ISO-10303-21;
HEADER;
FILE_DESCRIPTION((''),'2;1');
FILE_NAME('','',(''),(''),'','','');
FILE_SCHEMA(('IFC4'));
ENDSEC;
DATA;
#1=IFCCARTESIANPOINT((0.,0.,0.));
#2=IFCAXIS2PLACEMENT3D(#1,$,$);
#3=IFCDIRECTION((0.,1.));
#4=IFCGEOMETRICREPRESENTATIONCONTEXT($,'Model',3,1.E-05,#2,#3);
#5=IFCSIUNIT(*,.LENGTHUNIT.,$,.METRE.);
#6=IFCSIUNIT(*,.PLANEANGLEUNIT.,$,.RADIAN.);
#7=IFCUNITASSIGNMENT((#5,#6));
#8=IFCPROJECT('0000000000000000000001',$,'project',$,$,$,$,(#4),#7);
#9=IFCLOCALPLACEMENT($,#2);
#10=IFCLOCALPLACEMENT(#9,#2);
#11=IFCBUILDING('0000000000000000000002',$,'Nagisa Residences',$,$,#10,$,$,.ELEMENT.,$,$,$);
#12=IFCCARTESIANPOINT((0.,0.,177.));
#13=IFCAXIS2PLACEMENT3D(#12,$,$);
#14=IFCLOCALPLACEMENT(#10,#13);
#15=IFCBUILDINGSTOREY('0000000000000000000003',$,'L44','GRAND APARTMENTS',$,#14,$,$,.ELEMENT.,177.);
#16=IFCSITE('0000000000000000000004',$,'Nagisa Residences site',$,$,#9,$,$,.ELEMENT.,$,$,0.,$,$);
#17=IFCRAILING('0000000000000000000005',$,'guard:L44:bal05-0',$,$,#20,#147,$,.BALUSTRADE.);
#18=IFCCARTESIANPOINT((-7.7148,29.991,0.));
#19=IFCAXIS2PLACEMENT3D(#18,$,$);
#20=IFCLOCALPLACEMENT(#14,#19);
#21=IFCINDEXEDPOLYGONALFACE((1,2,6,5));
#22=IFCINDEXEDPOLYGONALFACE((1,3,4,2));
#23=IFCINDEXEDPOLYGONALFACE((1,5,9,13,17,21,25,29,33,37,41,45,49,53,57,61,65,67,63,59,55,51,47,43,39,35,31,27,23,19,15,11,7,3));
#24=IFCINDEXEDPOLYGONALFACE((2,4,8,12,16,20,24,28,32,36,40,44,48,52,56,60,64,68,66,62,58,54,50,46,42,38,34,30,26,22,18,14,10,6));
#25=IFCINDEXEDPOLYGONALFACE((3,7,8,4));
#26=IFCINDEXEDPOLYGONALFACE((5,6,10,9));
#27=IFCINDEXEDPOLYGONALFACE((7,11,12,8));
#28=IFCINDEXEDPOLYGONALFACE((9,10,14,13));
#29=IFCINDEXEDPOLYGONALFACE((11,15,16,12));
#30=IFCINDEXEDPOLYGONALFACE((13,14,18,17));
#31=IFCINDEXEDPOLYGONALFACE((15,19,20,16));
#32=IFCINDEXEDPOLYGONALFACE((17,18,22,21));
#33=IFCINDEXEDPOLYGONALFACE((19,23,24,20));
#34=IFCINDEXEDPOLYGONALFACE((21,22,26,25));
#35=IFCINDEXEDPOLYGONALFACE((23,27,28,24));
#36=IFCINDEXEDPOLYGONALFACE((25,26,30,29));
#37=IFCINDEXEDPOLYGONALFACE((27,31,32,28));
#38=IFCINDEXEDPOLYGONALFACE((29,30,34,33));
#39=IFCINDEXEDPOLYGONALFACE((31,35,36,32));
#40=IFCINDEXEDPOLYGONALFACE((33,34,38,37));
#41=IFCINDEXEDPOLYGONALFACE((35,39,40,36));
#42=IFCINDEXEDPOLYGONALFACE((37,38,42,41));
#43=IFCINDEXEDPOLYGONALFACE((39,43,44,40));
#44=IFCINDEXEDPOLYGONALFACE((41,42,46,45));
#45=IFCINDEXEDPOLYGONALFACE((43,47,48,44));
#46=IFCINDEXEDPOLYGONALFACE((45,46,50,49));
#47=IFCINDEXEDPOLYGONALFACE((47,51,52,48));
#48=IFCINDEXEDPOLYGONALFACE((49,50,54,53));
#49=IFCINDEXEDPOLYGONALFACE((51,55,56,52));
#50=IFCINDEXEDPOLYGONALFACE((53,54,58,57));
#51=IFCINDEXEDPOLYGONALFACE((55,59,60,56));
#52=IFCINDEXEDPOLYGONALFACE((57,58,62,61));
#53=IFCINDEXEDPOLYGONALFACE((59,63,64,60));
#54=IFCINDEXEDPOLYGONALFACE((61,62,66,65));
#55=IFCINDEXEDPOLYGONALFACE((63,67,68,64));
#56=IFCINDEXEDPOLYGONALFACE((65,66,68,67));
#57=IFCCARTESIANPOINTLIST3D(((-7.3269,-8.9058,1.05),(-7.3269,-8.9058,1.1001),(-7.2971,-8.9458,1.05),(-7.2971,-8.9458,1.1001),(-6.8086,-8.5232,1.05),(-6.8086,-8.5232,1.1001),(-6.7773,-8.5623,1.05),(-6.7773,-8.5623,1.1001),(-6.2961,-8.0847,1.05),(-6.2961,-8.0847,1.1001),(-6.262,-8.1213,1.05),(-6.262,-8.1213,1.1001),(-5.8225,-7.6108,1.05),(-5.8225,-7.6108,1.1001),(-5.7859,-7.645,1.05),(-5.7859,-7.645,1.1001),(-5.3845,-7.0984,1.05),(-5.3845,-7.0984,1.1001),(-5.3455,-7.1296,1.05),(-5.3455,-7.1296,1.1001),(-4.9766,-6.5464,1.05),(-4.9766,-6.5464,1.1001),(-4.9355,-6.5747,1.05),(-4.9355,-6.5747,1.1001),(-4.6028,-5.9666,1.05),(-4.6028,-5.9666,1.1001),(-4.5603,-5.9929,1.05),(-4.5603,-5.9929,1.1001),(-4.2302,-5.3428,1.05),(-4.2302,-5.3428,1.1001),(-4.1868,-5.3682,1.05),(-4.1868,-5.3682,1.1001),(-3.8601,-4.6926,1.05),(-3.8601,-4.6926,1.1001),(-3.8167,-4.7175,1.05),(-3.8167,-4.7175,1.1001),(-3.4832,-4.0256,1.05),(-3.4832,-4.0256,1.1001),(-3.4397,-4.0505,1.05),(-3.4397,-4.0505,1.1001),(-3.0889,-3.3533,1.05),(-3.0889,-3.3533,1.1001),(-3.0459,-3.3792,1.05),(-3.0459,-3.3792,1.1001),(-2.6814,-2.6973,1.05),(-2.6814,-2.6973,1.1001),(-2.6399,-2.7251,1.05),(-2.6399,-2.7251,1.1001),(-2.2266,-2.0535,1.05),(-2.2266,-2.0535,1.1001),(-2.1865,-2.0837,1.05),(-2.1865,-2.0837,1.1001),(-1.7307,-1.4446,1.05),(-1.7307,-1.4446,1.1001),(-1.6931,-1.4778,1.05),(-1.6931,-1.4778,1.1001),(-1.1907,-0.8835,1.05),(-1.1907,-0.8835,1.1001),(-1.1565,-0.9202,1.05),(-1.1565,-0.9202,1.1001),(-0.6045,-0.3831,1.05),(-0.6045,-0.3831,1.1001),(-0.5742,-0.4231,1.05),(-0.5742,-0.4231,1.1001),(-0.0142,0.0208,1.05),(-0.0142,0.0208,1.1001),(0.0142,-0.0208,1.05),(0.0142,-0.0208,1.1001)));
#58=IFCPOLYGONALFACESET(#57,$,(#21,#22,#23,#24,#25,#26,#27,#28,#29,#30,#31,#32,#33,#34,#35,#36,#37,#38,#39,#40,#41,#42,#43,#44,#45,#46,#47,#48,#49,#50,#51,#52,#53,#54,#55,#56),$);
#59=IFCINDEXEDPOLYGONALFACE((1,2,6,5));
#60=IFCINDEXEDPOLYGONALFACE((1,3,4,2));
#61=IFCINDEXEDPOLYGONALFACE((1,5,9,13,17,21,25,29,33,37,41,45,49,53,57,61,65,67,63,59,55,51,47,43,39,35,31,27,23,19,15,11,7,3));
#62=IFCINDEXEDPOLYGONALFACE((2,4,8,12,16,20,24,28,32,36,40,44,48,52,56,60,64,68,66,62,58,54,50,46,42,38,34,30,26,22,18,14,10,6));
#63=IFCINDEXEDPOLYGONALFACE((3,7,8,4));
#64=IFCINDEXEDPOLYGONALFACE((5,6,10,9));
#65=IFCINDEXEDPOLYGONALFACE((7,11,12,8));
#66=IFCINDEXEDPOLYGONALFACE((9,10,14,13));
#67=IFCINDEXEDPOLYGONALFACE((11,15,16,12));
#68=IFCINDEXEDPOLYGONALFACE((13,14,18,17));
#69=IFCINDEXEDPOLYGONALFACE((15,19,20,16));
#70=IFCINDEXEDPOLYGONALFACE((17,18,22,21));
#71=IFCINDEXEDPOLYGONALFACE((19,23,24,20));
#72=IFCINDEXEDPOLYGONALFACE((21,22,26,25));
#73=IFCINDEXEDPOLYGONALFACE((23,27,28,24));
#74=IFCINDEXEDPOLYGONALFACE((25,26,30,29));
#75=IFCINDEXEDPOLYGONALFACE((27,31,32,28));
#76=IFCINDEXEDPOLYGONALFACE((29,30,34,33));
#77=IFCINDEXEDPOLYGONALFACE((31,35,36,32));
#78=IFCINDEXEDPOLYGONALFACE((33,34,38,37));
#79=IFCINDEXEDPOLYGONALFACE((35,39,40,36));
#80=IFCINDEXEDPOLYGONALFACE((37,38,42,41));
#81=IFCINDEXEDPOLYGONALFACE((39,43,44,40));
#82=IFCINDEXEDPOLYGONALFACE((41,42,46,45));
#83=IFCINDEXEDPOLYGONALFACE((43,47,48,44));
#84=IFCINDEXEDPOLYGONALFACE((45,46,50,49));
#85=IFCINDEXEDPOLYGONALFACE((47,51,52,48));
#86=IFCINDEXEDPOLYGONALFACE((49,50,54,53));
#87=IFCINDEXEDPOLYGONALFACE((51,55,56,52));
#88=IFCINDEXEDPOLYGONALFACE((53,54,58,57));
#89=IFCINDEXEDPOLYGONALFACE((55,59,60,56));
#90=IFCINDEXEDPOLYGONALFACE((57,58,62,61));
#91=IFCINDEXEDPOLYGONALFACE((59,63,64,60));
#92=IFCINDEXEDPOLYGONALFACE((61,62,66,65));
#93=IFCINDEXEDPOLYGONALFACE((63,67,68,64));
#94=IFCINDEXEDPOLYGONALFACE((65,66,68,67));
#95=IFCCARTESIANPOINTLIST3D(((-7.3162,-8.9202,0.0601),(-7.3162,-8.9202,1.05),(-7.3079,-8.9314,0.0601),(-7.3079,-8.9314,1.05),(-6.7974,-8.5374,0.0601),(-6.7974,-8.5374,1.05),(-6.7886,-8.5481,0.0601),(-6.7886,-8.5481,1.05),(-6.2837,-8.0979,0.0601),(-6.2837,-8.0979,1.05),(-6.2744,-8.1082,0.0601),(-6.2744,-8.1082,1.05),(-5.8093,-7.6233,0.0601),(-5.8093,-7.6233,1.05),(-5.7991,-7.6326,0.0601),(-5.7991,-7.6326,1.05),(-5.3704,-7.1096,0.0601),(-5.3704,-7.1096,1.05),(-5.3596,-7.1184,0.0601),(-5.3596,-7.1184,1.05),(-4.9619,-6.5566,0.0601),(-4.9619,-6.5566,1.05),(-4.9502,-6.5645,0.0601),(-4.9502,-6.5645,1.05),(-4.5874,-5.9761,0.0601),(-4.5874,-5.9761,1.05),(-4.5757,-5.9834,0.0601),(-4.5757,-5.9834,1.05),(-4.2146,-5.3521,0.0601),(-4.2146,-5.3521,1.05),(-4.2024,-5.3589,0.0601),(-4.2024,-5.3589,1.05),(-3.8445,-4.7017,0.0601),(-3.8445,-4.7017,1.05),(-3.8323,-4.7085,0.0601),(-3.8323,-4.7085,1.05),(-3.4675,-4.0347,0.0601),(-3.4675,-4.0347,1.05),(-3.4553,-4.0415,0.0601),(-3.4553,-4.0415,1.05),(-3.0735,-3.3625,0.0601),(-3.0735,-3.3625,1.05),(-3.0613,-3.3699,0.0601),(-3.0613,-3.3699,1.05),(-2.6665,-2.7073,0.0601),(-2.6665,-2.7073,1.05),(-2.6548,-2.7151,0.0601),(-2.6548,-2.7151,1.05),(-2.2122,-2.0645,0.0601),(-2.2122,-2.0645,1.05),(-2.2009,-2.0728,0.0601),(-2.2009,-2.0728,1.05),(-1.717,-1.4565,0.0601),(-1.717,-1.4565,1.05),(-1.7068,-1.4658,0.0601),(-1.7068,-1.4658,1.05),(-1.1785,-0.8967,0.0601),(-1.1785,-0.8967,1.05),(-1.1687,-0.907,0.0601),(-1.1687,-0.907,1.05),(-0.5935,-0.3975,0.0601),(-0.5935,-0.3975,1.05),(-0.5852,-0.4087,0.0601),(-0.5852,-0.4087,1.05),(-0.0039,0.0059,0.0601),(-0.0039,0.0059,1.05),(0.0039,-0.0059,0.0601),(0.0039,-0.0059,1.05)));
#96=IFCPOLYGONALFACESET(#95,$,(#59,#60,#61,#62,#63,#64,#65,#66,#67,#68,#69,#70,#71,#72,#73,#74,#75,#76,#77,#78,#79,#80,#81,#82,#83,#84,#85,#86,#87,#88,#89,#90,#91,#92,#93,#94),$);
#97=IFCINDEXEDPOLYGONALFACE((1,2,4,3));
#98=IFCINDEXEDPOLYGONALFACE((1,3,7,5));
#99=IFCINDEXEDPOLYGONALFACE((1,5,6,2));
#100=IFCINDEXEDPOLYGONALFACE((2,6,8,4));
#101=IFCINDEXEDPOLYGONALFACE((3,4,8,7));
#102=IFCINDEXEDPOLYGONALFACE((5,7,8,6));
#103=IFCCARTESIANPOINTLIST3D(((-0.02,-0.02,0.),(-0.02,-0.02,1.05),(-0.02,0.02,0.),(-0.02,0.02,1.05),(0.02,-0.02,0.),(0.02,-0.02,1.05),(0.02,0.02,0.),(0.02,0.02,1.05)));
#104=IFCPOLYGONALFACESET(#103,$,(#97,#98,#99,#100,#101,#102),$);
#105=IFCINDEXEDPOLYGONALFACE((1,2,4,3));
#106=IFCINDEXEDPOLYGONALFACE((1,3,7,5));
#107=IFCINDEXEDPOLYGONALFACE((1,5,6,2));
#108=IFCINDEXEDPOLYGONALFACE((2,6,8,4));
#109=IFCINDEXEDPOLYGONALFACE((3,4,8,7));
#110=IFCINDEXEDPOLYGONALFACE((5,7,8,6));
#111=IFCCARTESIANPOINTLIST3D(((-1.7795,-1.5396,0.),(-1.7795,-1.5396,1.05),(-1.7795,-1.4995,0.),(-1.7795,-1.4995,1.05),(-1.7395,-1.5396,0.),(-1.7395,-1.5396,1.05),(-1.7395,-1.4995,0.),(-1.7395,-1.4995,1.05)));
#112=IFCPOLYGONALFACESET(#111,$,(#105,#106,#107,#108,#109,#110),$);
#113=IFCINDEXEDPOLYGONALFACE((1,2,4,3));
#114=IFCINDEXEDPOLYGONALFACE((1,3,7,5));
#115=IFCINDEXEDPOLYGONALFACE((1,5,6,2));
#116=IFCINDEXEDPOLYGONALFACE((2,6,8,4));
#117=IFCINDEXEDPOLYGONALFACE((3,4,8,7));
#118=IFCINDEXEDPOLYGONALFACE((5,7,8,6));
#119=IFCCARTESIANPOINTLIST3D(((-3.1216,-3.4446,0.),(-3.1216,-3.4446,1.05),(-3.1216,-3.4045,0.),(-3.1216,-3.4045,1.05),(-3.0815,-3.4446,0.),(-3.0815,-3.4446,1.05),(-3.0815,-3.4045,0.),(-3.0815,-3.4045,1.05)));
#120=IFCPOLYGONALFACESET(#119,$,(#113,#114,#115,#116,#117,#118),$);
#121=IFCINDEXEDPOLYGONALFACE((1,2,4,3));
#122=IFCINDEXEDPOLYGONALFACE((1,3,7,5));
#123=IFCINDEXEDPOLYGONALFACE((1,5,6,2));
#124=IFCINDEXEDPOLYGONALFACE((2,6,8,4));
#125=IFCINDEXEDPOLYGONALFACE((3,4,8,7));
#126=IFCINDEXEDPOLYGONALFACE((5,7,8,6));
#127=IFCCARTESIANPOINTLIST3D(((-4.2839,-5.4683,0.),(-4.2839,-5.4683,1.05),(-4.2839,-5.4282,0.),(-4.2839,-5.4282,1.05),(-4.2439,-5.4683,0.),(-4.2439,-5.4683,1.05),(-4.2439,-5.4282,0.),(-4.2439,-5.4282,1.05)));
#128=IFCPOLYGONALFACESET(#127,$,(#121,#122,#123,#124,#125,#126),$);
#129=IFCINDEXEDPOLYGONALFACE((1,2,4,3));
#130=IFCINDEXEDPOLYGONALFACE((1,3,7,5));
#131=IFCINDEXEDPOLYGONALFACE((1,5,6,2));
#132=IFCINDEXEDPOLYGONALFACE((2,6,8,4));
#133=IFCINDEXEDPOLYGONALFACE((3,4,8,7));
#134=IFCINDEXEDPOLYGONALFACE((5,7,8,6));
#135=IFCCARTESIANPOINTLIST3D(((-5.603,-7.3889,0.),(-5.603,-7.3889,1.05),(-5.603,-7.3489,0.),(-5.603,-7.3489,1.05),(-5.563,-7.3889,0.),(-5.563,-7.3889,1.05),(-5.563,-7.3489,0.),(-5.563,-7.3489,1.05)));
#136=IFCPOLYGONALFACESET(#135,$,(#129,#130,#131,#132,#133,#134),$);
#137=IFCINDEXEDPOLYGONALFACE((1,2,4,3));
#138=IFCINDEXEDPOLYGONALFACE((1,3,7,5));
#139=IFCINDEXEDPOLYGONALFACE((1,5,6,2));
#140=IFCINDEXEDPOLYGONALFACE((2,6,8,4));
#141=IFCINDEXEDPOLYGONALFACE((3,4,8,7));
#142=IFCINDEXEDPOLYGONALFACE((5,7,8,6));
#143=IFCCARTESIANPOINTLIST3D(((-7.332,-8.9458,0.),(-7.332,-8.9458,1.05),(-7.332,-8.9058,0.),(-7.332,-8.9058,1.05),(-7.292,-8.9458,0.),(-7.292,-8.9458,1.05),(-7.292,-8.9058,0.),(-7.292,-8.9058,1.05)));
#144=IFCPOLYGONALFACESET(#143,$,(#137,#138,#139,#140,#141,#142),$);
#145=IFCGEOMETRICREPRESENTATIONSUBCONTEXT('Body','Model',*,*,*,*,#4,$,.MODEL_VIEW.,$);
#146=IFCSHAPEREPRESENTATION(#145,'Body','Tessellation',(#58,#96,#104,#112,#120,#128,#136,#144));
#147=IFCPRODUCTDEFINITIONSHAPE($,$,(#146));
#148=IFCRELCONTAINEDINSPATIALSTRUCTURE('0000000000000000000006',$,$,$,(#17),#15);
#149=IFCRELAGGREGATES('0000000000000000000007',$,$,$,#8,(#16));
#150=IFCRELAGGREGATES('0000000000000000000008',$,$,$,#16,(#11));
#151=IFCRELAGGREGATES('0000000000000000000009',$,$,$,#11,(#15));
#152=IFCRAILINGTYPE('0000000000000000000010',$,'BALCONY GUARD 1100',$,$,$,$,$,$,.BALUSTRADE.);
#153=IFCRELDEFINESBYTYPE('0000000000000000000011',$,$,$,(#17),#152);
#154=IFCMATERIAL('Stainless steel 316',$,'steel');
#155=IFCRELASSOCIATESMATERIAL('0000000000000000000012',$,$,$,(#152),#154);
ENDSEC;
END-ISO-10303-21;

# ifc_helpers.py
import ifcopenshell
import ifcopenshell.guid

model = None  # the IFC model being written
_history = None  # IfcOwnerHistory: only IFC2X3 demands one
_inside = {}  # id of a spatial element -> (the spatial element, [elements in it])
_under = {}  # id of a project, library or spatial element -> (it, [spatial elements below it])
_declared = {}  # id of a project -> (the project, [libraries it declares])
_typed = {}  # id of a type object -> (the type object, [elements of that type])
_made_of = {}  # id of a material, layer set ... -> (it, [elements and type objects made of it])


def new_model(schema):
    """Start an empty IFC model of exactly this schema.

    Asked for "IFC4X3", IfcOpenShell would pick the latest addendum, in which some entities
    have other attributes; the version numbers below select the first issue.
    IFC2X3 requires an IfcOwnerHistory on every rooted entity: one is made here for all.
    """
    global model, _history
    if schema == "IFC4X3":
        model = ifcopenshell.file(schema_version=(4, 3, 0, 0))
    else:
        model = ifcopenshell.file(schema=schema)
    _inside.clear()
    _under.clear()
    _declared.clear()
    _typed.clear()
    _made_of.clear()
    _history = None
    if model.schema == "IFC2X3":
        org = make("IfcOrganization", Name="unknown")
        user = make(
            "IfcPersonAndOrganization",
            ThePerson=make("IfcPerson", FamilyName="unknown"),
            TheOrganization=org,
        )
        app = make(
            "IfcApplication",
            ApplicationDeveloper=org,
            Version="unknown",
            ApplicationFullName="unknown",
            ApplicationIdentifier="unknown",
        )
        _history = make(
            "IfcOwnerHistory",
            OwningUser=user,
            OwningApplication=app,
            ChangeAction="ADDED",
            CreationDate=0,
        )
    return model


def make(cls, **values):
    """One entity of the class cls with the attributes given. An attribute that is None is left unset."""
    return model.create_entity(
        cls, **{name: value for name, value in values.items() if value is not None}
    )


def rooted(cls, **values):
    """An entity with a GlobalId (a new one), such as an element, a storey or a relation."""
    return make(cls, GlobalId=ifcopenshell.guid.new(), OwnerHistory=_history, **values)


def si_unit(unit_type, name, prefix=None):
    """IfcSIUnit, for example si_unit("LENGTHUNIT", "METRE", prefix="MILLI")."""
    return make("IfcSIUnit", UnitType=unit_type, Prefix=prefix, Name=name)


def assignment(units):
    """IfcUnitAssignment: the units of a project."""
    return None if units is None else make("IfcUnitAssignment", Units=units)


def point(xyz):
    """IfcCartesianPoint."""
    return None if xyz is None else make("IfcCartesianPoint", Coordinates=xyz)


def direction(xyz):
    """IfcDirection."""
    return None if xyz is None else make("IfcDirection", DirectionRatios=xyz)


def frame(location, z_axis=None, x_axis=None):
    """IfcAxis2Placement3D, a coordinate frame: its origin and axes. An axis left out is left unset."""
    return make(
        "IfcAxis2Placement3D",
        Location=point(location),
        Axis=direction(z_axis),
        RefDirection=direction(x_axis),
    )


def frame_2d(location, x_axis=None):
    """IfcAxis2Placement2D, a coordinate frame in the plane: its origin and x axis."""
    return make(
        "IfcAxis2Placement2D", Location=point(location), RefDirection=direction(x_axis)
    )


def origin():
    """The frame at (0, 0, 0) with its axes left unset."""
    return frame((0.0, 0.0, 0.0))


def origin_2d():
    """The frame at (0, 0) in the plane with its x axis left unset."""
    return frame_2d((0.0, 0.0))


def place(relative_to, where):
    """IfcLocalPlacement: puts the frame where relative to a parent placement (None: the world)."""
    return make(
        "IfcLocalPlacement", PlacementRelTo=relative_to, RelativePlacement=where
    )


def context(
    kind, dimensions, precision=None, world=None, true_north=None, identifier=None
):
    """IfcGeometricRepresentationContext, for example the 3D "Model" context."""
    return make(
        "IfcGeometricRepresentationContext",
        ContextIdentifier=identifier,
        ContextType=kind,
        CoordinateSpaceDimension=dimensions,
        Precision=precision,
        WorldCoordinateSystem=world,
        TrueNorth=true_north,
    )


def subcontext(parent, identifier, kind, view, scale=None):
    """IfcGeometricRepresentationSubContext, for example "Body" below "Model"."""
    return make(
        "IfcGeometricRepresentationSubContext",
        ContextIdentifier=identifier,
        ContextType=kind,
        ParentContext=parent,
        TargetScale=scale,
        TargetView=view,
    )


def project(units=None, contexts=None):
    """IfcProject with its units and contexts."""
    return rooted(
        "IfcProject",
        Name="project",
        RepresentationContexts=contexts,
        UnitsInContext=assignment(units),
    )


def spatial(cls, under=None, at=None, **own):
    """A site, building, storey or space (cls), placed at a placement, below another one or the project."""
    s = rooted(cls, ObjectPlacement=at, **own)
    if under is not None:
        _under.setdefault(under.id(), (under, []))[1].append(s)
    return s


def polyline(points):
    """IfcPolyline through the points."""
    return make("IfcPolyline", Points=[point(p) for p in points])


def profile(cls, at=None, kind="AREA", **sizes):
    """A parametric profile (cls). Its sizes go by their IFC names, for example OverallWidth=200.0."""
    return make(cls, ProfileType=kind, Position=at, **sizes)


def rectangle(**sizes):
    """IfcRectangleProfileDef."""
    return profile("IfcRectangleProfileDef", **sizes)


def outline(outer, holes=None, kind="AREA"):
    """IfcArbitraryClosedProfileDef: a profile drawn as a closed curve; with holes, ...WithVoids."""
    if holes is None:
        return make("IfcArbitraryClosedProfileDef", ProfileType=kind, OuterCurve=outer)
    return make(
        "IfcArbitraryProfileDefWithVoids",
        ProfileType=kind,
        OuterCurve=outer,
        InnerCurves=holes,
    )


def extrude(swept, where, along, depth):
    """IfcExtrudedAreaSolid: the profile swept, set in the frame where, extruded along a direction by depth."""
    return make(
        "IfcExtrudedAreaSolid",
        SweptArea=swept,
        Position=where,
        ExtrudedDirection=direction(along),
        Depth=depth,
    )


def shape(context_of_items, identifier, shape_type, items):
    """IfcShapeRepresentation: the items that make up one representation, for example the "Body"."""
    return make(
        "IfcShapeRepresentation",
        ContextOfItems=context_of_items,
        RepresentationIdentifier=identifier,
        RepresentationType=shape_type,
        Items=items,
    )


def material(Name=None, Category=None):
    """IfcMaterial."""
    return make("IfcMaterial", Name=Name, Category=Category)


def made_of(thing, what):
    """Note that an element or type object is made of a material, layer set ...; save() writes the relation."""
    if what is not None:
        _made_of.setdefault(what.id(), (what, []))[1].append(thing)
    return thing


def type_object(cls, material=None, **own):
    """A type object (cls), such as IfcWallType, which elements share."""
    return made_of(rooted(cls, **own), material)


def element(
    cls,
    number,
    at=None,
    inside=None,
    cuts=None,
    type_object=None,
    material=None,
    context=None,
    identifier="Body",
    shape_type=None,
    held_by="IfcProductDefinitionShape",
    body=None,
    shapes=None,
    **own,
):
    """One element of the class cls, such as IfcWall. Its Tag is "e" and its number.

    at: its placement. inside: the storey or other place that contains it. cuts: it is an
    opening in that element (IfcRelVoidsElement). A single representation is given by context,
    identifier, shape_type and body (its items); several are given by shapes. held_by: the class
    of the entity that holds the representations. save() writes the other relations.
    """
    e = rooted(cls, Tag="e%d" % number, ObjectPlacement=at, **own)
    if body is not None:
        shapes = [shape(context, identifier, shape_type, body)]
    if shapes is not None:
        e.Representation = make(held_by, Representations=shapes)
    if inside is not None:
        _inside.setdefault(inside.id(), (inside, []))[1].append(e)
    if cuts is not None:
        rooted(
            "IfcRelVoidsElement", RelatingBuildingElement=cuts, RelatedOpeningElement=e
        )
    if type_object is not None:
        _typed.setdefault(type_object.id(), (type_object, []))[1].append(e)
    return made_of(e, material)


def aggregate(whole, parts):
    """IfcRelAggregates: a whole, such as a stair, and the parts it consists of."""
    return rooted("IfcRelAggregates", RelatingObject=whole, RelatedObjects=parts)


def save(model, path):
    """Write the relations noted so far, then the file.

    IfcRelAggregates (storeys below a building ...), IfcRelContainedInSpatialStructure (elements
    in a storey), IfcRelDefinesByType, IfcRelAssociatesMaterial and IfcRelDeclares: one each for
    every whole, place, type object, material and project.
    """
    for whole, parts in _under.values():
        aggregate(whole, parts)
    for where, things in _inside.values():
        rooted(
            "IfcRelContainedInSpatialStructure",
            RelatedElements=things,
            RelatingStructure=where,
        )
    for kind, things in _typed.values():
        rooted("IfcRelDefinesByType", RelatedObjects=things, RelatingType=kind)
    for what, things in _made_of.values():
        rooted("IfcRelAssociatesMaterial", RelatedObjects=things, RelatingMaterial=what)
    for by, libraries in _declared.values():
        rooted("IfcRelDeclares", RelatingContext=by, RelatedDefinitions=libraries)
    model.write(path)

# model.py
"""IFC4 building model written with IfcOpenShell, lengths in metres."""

from ifc_helpers import new_model, si_unit, direction, frame, origin, origin_2d, place, context, subcontext, project, spatial, polyline, rectangle, outline, extrude, material, type_object, element, save


model = new_model("IFC4")

# Units and contexts
model_context = context("Model", 3, precision=1e-05, world=origin(), true_north=direction((0.0, 1.0)))
body_context = subcontext(model_context, "Body", "Model", "MODEL_VIEW")
ifc_project = project(units=[si_unit("LENGTHUNIT", "METRE"), si_unit("PLANEANGLEUNIT", "RADIAN")], contexts=[model_context])

# Site, building, storey
site_placement = place(None, origin())
site = spatial("IfcSite", under=ifc_project, at=site_placement, Name="Nagisa Residences site", CompositionType="ELEMENT", RefElevation=0.0)
building_placement = place(site_placement, origin())
building = spatial("IfcBuilding", under=site, at=building_placement, Name="Nagisa Residences", CompositionType="ELEMENT")
storey_placement = place(building_placement, frame((0.0, 0.0, 177.0)))
storey = spatial("IfcBuildingStorey", under=building, at=storey_placement, Name="L44", Description="GRAND APARTMENTS", CompositionType="ELEMENT", Elevation=177.0)

# Railing
ifc_material_1 = material(Name="Stainless steel 316", Category="steel")
railing_type = type_object("IfcRailingType", Name="BALCONY GUARD 1100", PredefinedType="BALUSTRADE", material=ifc_material_1)
railing_placement = place(storey_placement, frame((-7.7148, 29.991, 0.0)))
element("IfcRailing", 1, at=railing_placement, inside=storey, type_object=railing_type, Name="guard:L44:bal05-0", PredefinedType="BALUSTRADE", context=body_context, shape_type="SweptSolid", body=[
    extrude(outline(polyline([(-0.5742, -0.4231), (0.0142, -0.0208), (-0.0142, 0.0208), (-0.6045, -0.3831), (-1.1907, -0.8835), (-1.7307, -1.4446), (-2.2266, -2.0535), (-2.6814, -2.6973), (-3.0889, -3.3533), (-3.4832, -4.0256), (-3.8601, -4.6926), (-4.2302, -5.3428), (-4.6028, -5.9666), (-4.9766, -6.5464), (-5.3845, -7.0984), (-5.8225, -7.6108), (-6.2961, -8.0847), (-6.8086, -8.5232), (-7.3269, -8.9058), (-7.2971, -8.9458), (-6.7773, -8.5623), (-6.262, -8.1213), (-5.7859, -7.645), (-5.3455, -7.1296), (-4.9355, -6.5747), (-4.5603, -5.9929), (-4.1868, -5.3682), (-3.8167, -4.7175), (-3.4397, -4.0505), (-3.0459, -3.3792), (-2.6399, -2.7251), (-2.1865, -2.0837), (-1.6931, -1.4778), (-1.1565, -0.9202), (-0.5742, -0.4231)])), frame((0.0, 0.0, 1.05)), (0.0, 0.0, 1.0), 0.05),
    extrude(outline(polyline([(-0.5852, -0.4087), (0.0039, -0.0059), (-0.0039, 0.0059), (-0.5935, -0.3975), (-1.1785, -0.8967), (-1.717, -1.4565), (-2.2122, -2.0645), (-2.6665, -2.7073), (-3.0735, -3.3625), (-3.4675, -4.0347), (-3.8445, -4.7017), (-4.2146, -5.3521), (-4.5874, -5.9761), (-4.9619, -6.5566), (-5.3704, -7.1096), (-5.8093, -7.6233), (-6.2837, -8.0979), (-6.7974, -8.5374), (-7.3162, -8.9202), (-7.3079, -8.9314), (-6.7886, -8.5481), (-6.2744, -8.1082), (-5.7991, -7.6326), (-5.3596, -7.1184), (-4.9502, -6.5645), (-4.5757, -5.9834), (-4.2024, -5.3589), (-3.8323, -4.7085), (-3.4553, -4.0415), (-3.0613, -3.3699), (-2.6548, -2.7151), (-2.2009, -2.0728), (-1.7068, -1.4658), (-1.1687, -0.907), (-0.5852, -0.4087)])), frame((0.0, 0.0, 0.0601)), (0.0, 0.0, 1.0), 0.99),
    extrude(rectangle(XDim=0.04, YDim=0.04, at=origin_2d()), origin(), (0.0, 0.0, 1.0), 1.05),
    extrude(rectangle(XDim=0.04, YDim=0.04, at=origin_2d()), frame((-1.7595, -1.5195, 0.0)), (0.0, 0.0, 1.0), 1.05),
    extrude(rectangle(XDim=0.04, YDim=0.04, at=origin_2d()), frame((-3.1016, -3.4246, 0.0)), (0.0, 0.0, 1.0), 1.05),
    extrude(rectangle(XDim=0.04, YDim=0.04, at=origin_2d()), frame((-4.2639, -5.4482, 0.0)), (0.0, 0.0, 1.0), 1.05),
    extrude(rectangle(XDim=0.04, YDim=0.04, at=origin_2d()), frame((-5.583, -7.3689, 0.0)), (0.0, 0.0, 1.0), 1.05),
    extrude(rectangle(XDim=0.04, YDim=0.04, at=origin_2d()), frame((-7.312, -8.9258, 0.0)), (0.0, 0.0, 1.0), 1.05),
])

save(model, "model.ifc")
